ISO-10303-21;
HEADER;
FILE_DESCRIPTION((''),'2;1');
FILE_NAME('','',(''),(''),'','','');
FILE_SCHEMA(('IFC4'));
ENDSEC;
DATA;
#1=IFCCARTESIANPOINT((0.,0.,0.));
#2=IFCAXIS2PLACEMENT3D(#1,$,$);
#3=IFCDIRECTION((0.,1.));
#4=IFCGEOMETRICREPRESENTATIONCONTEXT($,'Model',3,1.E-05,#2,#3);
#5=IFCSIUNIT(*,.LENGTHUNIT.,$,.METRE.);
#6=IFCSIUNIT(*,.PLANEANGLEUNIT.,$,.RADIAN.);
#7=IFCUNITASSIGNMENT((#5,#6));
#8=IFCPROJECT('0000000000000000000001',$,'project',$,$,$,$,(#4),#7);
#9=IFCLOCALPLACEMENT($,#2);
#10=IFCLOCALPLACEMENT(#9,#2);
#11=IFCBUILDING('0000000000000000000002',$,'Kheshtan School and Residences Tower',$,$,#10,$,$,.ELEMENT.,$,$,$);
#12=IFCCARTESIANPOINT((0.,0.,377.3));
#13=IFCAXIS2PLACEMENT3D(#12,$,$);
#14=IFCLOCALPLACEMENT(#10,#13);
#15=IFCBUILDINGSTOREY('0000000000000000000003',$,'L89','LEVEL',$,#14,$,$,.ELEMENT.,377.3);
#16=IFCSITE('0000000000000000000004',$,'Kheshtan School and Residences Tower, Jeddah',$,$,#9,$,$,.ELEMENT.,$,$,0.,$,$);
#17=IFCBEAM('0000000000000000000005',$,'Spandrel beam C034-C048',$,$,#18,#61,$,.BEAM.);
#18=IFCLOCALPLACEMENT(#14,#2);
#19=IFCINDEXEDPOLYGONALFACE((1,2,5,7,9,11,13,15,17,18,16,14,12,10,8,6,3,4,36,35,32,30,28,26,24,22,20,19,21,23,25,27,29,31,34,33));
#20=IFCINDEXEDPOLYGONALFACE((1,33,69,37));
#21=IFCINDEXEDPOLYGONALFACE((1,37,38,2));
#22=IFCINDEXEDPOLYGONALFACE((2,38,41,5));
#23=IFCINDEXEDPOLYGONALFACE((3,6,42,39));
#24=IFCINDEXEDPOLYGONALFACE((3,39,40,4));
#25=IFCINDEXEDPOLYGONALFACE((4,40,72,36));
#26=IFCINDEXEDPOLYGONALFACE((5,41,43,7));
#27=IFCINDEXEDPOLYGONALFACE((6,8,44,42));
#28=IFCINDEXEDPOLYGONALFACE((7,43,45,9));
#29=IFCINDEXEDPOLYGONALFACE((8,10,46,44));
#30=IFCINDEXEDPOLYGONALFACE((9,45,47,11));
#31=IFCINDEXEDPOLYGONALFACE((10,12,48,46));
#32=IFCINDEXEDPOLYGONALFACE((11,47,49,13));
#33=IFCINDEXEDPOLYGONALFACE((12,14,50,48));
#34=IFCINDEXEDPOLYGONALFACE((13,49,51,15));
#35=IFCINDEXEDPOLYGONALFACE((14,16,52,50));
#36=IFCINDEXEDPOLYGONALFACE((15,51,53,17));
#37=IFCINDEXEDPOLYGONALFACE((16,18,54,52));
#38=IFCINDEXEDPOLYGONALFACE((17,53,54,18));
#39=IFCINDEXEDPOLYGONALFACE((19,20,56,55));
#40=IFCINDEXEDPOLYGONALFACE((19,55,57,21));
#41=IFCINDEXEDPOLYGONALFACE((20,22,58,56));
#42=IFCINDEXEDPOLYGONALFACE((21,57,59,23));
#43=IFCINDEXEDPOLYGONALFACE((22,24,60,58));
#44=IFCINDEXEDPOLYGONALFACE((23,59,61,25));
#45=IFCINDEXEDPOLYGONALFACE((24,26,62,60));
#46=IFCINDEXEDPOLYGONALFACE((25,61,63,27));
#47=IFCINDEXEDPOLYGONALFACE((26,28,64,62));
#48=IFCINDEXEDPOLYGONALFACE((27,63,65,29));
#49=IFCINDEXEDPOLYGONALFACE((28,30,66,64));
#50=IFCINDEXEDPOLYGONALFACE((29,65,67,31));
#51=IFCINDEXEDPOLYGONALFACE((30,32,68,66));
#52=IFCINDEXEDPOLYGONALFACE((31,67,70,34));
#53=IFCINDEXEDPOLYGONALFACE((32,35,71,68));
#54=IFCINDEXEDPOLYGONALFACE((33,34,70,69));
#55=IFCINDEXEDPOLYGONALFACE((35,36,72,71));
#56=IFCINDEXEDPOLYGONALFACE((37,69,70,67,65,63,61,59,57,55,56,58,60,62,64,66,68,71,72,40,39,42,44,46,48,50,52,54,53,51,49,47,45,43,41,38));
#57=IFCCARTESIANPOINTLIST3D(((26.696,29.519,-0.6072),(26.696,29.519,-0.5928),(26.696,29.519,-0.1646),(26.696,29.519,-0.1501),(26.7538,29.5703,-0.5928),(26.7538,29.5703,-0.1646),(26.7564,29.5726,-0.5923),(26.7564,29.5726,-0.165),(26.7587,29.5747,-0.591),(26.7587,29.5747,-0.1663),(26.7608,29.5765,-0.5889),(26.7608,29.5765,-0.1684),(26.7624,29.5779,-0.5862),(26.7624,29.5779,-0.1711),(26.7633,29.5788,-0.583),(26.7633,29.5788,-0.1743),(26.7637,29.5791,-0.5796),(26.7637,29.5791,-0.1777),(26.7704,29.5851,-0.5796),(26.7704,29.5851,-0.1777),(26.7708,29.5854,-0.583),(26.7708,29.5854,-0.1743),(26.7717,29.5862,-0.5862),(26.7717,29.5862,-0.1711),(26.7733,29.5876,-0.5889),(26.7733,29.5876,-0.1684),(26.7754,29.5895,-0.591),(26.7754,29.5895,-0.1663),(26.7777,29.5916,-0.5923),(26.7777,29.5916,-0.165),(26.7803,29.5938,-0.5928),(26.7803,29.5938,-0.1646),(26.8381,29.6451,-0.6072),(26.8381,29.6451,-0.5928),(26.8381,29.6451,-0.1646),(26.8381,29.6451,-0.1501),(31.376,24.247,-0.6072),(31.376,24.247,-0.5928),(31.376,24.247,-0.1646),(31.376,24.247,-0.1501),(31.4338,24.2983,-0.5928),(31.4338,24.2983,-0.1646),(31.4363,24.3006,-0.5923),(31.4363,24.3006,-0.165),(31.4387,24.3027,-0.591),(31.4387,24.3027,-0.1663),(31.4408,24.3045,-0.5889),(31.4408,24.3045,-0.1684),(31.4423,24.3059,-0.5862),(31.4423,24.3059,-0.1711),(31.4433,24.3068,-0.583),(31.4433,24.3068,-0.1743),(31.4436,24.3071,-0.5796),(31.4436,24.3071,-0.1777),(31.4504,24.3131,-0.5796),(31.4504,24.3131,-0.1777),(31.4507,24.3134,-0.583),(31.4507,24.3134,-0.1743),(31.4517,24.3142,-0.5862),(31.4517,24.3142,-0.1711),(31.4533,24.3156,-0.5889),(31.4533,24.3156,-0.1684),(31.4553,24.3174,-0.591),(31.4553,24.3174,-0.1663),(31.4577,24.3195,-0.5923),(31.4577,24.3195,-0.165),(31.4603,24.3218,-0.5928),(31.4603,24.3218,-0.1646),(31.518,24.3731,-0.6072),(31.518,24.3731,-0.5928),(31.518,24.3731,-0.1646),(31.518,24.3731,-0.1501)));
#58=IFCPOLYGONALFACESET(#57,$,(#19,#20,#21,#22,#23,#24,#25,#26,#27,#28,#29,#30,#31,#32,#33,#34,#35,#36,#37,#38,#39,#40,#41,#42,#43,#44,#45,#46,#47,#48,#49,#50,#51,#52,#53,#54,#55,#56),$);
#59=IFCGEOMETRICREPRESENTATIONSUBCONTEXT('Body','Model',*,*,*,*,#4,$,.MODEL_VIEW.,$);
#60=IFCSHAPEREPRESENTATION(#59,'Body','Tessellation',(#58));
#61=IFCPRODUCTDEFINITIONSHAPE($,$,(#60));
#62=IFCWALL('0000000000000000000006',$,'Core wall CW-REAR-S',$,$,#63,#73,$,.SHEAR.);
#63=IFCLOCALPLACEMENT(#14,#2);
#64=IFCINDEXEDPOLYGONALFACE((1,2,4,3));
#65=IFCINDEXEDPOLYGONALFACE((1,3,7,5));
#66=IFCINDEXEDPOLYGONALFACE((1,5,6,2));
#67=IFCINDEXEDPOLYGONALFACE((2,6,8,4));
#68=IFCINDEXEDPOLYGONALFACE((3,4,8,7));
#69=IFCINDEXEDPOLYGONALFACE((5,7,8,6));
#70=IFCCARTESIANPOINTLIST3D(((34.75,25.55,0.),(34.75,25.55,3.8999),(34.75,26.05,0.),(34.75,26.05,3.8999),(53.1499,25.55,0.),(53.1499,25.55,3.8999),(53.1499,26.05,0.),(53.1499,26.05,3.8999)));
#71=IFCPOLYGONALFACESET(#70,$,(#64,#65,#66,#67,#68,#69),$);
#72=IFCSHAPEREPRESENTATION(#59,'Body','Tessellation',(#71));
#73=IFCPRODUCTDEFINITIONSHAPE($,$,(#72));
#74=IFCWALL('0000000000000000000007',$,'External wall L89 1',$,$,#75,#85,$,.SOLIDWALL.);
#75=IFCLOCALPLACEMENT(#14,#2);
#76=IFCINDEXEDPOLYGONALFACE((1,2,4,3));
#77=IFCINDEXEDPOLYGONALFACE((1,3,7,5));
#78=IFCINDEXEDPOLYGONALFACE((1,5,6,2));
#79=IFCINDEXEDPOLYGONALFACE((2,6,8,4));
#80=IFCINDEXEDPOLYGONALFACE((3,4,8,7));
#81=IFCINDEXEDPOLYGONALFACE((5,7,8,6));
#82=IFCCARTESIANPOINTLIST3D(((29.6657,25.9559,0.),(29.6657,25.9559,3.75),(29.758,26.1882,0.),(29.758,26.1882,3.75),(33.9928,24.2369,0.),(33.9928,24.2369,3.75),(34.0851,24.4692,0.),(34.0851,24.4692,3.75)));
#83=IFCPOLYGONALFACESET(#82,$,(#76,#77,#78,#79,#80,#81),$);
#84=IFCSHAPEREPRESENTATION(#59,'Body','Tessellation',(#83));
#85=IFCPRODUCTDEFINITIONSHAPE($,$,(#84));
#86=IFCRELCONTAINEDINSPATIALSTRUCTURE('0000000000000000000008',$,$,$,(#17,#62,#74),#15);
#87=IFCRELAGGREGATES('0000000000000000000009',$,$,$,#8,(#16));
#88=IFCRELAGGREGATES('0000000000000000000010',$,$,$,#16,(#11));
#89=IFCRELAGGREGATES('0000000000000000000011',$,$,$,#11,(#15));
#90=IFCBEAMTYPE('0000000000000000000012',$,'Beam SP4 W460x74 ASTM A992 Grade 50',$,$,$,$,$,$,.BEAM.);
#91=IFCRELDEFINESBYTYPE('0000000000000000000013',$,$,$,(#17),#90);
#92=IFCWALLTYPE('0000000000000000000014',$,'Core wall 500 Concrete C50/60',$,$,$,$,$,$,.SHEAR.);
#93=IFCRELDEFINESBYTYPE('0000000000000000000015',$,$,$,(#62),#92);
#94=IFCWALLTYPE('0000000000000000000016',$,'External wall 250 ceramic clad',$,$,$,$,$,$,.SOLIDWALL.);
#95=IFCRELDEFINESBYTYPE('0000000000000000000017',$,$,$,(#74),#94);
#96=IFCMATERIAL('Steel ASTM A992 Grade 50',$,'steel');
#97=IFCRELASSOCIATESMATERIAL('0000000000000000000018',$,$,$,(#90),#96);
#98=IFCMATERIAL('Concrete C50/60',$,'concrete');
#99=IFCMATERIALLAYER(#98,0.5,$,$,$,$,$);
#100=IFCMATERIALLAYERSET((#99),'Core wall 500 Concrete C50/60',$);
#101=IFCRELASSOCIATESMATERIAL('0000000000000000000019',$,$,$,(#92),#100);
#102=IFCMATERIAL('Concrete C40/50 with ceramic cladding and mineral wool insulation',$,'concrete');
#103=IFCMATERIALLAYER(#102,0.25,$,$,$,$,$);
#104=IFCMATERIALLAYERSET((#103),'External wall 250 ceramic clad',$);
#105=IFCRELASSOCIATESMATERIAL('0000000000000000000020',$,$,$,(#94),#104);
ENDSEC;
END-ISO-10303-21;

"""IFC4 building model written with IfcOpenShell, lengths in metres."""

from ifc_helpers import new_model, si_unit, direction, frame, frame_2d, origin, origin_2d, place, context, subcontext, project, spatial, rectangle, i_section, extrude, material, layer, layer_set, material_profile, profile_set, type_object, element, save


model = new_model("IFC4")

# Units and contexts
model_context = context("Model", 3, precision=1e-05, world=origin(), true_north=direction((0.0, 1.0)))
body_context = subcontext(model_context, "Body", "Model", "MODEL_VIEW")
ifc_project = project(units=[si_unit("LENGTHUNIT", "METRE"), si_unit("PLANEANGLEUNIT", "RADIAN")], contexts=[model_context])

# Site, building, storey
site_placement = place(None, origin())
site = spatial("IfcSite", under=ifc_project, at=site_placement, Name="Kheshtan School and Residences Tower, Jeddah", CompositionType="ELEMENT", RefElevation=0.0)
building_placement = place(site_placement, origin())
building = spatial("IfcBuilding", under=site, at=building_placement, Name="Kheshtan School and Residences Tower", CompositionType="ELEMENT")
storey_placement = place(building_placement, frame((0.0, 0.0, 377.3)))
storey = spatial("IfcBuildingStorey", under=building, at=storey_placement, Name="L89", Description="LEVEL", CompositionType="ELEMENT", Elevation=377.3)

# Shared definitions
ifc_material_1 = material(Name="Steel ASTM A992 Grade 50", Category="steel")

# Beam
ifc_material_profile_1 = material_profile(ifc_material_1, i_section(OverallWidth=0.1899, OverallDepth=0.457, WebThickness=0.009, FlangeThickness=0.0144, FilletRadius=0.0132, at=origin_2d()), Name="W460x74")
ifc_profile_set_1 = profile_set([ifc_material_profile_1], Name="Steel ASTM A992 Grade 50")
beam_type_1 = type_object("IfcBeamType", Name="Beam SP4 W460x74 ASTM A992 Grade 50", PredefinedType="BEAM", material=ifc_profile_set_1)
beam_1_placement = place(storey_placement, frame((31.447, 24.3101, -0.3787), z_axis=(-0.663867, 0.747851, 0.0), x_axis=(-0.747851, -0.663867, 0.0)))
element("IfcBeam", 1, at=beam_1_placement, inside=storey, type_object=beam_type_1, Name="Spandrel beam C034-C048", PredefinedType="BEAM", context=body_context, shape_type="SweptSolid", body=[
    extrude(i_section(OverallWidth=0.1899, OverallDepth=0.457, WebThickness=0.009, FlangeThickness=0.0144, FilletRadius=0.0132, at=origin_2d()), origin(), (0.0, 0.0, 1.0), 7.0496),
])

# Walls
ifc_material_2 = material(Name="Concrete C50/60", Category="concrete")
ifc_layer_1 = layer(ifc_material_2, 0.5)
ifc_layer_set_1 = layer_set([ifc_layer_1], Name="Core wall 500 Concrete C50/60")
wall_type_1 = type_object("IfcWallType", Name="Core wall 500 Concrete C50/60", PredefinedType="SHEAR", material=ifc_layer_set_1)
wall_1_placement = place(storey_placement, frame((34.75, 25.8, 0.0), z_axis=(0.0, 0.0, 1.0), x_axis=(1.0, 0.0, 0.0)))
element("IfcWall", 2, at=wall_1_placement, inside=storey, type_object=wall_type_1, Name="Core wall CW-REAR-S", PredefinedType="SHEAR", context=body_context, shape_type="SweptSolid", body=[
    extrude(rectangle(XDim=18.3999, YDim=0.5, at=frame_2d((9.2, 0.0))), origin(), (0.0, 0.0, 1.0), 3.8999),
])
ifc_material_3 = material(Name="Concrete C40/50 with ceramic cladding and mineral wool insulation", Category="concrete")
ifc_layer_2 = layer(ifc_material_3, 0.25)
ifc_layer_set_2 = layer_set([ifc_layer_2], Name="External wall 250 ceramic clad")
wall_type_2 = type_object("IfcWallType", Name="External wall 250 ceramic clad", PredefinedType="SOLIDWALL", material=ifc_layer_set_2)
wall_2_placement = place(storey_placement, frame((34.0391, 24.353, 0.0), z_axis=(0.0, 0.0, 1.0), x_axis=(-0.929353, 0.369193, 0.0)))
element("IfcWall", 3, at=wall_2_placement, inside=storey, type_object=wall_type_2, Name="External wall L89 1", PredefinedType="SOLIDWALL", context=body_context, shape_type="SweptSolid", body=[
    extrude(rectangle(XDim=4.656, YDim=0.25, at=frame_2d((2.3281, 0.0))), origin(), (0.0, 0.0, 1.0), 3.75),
])

save(model, "model.ifc")
